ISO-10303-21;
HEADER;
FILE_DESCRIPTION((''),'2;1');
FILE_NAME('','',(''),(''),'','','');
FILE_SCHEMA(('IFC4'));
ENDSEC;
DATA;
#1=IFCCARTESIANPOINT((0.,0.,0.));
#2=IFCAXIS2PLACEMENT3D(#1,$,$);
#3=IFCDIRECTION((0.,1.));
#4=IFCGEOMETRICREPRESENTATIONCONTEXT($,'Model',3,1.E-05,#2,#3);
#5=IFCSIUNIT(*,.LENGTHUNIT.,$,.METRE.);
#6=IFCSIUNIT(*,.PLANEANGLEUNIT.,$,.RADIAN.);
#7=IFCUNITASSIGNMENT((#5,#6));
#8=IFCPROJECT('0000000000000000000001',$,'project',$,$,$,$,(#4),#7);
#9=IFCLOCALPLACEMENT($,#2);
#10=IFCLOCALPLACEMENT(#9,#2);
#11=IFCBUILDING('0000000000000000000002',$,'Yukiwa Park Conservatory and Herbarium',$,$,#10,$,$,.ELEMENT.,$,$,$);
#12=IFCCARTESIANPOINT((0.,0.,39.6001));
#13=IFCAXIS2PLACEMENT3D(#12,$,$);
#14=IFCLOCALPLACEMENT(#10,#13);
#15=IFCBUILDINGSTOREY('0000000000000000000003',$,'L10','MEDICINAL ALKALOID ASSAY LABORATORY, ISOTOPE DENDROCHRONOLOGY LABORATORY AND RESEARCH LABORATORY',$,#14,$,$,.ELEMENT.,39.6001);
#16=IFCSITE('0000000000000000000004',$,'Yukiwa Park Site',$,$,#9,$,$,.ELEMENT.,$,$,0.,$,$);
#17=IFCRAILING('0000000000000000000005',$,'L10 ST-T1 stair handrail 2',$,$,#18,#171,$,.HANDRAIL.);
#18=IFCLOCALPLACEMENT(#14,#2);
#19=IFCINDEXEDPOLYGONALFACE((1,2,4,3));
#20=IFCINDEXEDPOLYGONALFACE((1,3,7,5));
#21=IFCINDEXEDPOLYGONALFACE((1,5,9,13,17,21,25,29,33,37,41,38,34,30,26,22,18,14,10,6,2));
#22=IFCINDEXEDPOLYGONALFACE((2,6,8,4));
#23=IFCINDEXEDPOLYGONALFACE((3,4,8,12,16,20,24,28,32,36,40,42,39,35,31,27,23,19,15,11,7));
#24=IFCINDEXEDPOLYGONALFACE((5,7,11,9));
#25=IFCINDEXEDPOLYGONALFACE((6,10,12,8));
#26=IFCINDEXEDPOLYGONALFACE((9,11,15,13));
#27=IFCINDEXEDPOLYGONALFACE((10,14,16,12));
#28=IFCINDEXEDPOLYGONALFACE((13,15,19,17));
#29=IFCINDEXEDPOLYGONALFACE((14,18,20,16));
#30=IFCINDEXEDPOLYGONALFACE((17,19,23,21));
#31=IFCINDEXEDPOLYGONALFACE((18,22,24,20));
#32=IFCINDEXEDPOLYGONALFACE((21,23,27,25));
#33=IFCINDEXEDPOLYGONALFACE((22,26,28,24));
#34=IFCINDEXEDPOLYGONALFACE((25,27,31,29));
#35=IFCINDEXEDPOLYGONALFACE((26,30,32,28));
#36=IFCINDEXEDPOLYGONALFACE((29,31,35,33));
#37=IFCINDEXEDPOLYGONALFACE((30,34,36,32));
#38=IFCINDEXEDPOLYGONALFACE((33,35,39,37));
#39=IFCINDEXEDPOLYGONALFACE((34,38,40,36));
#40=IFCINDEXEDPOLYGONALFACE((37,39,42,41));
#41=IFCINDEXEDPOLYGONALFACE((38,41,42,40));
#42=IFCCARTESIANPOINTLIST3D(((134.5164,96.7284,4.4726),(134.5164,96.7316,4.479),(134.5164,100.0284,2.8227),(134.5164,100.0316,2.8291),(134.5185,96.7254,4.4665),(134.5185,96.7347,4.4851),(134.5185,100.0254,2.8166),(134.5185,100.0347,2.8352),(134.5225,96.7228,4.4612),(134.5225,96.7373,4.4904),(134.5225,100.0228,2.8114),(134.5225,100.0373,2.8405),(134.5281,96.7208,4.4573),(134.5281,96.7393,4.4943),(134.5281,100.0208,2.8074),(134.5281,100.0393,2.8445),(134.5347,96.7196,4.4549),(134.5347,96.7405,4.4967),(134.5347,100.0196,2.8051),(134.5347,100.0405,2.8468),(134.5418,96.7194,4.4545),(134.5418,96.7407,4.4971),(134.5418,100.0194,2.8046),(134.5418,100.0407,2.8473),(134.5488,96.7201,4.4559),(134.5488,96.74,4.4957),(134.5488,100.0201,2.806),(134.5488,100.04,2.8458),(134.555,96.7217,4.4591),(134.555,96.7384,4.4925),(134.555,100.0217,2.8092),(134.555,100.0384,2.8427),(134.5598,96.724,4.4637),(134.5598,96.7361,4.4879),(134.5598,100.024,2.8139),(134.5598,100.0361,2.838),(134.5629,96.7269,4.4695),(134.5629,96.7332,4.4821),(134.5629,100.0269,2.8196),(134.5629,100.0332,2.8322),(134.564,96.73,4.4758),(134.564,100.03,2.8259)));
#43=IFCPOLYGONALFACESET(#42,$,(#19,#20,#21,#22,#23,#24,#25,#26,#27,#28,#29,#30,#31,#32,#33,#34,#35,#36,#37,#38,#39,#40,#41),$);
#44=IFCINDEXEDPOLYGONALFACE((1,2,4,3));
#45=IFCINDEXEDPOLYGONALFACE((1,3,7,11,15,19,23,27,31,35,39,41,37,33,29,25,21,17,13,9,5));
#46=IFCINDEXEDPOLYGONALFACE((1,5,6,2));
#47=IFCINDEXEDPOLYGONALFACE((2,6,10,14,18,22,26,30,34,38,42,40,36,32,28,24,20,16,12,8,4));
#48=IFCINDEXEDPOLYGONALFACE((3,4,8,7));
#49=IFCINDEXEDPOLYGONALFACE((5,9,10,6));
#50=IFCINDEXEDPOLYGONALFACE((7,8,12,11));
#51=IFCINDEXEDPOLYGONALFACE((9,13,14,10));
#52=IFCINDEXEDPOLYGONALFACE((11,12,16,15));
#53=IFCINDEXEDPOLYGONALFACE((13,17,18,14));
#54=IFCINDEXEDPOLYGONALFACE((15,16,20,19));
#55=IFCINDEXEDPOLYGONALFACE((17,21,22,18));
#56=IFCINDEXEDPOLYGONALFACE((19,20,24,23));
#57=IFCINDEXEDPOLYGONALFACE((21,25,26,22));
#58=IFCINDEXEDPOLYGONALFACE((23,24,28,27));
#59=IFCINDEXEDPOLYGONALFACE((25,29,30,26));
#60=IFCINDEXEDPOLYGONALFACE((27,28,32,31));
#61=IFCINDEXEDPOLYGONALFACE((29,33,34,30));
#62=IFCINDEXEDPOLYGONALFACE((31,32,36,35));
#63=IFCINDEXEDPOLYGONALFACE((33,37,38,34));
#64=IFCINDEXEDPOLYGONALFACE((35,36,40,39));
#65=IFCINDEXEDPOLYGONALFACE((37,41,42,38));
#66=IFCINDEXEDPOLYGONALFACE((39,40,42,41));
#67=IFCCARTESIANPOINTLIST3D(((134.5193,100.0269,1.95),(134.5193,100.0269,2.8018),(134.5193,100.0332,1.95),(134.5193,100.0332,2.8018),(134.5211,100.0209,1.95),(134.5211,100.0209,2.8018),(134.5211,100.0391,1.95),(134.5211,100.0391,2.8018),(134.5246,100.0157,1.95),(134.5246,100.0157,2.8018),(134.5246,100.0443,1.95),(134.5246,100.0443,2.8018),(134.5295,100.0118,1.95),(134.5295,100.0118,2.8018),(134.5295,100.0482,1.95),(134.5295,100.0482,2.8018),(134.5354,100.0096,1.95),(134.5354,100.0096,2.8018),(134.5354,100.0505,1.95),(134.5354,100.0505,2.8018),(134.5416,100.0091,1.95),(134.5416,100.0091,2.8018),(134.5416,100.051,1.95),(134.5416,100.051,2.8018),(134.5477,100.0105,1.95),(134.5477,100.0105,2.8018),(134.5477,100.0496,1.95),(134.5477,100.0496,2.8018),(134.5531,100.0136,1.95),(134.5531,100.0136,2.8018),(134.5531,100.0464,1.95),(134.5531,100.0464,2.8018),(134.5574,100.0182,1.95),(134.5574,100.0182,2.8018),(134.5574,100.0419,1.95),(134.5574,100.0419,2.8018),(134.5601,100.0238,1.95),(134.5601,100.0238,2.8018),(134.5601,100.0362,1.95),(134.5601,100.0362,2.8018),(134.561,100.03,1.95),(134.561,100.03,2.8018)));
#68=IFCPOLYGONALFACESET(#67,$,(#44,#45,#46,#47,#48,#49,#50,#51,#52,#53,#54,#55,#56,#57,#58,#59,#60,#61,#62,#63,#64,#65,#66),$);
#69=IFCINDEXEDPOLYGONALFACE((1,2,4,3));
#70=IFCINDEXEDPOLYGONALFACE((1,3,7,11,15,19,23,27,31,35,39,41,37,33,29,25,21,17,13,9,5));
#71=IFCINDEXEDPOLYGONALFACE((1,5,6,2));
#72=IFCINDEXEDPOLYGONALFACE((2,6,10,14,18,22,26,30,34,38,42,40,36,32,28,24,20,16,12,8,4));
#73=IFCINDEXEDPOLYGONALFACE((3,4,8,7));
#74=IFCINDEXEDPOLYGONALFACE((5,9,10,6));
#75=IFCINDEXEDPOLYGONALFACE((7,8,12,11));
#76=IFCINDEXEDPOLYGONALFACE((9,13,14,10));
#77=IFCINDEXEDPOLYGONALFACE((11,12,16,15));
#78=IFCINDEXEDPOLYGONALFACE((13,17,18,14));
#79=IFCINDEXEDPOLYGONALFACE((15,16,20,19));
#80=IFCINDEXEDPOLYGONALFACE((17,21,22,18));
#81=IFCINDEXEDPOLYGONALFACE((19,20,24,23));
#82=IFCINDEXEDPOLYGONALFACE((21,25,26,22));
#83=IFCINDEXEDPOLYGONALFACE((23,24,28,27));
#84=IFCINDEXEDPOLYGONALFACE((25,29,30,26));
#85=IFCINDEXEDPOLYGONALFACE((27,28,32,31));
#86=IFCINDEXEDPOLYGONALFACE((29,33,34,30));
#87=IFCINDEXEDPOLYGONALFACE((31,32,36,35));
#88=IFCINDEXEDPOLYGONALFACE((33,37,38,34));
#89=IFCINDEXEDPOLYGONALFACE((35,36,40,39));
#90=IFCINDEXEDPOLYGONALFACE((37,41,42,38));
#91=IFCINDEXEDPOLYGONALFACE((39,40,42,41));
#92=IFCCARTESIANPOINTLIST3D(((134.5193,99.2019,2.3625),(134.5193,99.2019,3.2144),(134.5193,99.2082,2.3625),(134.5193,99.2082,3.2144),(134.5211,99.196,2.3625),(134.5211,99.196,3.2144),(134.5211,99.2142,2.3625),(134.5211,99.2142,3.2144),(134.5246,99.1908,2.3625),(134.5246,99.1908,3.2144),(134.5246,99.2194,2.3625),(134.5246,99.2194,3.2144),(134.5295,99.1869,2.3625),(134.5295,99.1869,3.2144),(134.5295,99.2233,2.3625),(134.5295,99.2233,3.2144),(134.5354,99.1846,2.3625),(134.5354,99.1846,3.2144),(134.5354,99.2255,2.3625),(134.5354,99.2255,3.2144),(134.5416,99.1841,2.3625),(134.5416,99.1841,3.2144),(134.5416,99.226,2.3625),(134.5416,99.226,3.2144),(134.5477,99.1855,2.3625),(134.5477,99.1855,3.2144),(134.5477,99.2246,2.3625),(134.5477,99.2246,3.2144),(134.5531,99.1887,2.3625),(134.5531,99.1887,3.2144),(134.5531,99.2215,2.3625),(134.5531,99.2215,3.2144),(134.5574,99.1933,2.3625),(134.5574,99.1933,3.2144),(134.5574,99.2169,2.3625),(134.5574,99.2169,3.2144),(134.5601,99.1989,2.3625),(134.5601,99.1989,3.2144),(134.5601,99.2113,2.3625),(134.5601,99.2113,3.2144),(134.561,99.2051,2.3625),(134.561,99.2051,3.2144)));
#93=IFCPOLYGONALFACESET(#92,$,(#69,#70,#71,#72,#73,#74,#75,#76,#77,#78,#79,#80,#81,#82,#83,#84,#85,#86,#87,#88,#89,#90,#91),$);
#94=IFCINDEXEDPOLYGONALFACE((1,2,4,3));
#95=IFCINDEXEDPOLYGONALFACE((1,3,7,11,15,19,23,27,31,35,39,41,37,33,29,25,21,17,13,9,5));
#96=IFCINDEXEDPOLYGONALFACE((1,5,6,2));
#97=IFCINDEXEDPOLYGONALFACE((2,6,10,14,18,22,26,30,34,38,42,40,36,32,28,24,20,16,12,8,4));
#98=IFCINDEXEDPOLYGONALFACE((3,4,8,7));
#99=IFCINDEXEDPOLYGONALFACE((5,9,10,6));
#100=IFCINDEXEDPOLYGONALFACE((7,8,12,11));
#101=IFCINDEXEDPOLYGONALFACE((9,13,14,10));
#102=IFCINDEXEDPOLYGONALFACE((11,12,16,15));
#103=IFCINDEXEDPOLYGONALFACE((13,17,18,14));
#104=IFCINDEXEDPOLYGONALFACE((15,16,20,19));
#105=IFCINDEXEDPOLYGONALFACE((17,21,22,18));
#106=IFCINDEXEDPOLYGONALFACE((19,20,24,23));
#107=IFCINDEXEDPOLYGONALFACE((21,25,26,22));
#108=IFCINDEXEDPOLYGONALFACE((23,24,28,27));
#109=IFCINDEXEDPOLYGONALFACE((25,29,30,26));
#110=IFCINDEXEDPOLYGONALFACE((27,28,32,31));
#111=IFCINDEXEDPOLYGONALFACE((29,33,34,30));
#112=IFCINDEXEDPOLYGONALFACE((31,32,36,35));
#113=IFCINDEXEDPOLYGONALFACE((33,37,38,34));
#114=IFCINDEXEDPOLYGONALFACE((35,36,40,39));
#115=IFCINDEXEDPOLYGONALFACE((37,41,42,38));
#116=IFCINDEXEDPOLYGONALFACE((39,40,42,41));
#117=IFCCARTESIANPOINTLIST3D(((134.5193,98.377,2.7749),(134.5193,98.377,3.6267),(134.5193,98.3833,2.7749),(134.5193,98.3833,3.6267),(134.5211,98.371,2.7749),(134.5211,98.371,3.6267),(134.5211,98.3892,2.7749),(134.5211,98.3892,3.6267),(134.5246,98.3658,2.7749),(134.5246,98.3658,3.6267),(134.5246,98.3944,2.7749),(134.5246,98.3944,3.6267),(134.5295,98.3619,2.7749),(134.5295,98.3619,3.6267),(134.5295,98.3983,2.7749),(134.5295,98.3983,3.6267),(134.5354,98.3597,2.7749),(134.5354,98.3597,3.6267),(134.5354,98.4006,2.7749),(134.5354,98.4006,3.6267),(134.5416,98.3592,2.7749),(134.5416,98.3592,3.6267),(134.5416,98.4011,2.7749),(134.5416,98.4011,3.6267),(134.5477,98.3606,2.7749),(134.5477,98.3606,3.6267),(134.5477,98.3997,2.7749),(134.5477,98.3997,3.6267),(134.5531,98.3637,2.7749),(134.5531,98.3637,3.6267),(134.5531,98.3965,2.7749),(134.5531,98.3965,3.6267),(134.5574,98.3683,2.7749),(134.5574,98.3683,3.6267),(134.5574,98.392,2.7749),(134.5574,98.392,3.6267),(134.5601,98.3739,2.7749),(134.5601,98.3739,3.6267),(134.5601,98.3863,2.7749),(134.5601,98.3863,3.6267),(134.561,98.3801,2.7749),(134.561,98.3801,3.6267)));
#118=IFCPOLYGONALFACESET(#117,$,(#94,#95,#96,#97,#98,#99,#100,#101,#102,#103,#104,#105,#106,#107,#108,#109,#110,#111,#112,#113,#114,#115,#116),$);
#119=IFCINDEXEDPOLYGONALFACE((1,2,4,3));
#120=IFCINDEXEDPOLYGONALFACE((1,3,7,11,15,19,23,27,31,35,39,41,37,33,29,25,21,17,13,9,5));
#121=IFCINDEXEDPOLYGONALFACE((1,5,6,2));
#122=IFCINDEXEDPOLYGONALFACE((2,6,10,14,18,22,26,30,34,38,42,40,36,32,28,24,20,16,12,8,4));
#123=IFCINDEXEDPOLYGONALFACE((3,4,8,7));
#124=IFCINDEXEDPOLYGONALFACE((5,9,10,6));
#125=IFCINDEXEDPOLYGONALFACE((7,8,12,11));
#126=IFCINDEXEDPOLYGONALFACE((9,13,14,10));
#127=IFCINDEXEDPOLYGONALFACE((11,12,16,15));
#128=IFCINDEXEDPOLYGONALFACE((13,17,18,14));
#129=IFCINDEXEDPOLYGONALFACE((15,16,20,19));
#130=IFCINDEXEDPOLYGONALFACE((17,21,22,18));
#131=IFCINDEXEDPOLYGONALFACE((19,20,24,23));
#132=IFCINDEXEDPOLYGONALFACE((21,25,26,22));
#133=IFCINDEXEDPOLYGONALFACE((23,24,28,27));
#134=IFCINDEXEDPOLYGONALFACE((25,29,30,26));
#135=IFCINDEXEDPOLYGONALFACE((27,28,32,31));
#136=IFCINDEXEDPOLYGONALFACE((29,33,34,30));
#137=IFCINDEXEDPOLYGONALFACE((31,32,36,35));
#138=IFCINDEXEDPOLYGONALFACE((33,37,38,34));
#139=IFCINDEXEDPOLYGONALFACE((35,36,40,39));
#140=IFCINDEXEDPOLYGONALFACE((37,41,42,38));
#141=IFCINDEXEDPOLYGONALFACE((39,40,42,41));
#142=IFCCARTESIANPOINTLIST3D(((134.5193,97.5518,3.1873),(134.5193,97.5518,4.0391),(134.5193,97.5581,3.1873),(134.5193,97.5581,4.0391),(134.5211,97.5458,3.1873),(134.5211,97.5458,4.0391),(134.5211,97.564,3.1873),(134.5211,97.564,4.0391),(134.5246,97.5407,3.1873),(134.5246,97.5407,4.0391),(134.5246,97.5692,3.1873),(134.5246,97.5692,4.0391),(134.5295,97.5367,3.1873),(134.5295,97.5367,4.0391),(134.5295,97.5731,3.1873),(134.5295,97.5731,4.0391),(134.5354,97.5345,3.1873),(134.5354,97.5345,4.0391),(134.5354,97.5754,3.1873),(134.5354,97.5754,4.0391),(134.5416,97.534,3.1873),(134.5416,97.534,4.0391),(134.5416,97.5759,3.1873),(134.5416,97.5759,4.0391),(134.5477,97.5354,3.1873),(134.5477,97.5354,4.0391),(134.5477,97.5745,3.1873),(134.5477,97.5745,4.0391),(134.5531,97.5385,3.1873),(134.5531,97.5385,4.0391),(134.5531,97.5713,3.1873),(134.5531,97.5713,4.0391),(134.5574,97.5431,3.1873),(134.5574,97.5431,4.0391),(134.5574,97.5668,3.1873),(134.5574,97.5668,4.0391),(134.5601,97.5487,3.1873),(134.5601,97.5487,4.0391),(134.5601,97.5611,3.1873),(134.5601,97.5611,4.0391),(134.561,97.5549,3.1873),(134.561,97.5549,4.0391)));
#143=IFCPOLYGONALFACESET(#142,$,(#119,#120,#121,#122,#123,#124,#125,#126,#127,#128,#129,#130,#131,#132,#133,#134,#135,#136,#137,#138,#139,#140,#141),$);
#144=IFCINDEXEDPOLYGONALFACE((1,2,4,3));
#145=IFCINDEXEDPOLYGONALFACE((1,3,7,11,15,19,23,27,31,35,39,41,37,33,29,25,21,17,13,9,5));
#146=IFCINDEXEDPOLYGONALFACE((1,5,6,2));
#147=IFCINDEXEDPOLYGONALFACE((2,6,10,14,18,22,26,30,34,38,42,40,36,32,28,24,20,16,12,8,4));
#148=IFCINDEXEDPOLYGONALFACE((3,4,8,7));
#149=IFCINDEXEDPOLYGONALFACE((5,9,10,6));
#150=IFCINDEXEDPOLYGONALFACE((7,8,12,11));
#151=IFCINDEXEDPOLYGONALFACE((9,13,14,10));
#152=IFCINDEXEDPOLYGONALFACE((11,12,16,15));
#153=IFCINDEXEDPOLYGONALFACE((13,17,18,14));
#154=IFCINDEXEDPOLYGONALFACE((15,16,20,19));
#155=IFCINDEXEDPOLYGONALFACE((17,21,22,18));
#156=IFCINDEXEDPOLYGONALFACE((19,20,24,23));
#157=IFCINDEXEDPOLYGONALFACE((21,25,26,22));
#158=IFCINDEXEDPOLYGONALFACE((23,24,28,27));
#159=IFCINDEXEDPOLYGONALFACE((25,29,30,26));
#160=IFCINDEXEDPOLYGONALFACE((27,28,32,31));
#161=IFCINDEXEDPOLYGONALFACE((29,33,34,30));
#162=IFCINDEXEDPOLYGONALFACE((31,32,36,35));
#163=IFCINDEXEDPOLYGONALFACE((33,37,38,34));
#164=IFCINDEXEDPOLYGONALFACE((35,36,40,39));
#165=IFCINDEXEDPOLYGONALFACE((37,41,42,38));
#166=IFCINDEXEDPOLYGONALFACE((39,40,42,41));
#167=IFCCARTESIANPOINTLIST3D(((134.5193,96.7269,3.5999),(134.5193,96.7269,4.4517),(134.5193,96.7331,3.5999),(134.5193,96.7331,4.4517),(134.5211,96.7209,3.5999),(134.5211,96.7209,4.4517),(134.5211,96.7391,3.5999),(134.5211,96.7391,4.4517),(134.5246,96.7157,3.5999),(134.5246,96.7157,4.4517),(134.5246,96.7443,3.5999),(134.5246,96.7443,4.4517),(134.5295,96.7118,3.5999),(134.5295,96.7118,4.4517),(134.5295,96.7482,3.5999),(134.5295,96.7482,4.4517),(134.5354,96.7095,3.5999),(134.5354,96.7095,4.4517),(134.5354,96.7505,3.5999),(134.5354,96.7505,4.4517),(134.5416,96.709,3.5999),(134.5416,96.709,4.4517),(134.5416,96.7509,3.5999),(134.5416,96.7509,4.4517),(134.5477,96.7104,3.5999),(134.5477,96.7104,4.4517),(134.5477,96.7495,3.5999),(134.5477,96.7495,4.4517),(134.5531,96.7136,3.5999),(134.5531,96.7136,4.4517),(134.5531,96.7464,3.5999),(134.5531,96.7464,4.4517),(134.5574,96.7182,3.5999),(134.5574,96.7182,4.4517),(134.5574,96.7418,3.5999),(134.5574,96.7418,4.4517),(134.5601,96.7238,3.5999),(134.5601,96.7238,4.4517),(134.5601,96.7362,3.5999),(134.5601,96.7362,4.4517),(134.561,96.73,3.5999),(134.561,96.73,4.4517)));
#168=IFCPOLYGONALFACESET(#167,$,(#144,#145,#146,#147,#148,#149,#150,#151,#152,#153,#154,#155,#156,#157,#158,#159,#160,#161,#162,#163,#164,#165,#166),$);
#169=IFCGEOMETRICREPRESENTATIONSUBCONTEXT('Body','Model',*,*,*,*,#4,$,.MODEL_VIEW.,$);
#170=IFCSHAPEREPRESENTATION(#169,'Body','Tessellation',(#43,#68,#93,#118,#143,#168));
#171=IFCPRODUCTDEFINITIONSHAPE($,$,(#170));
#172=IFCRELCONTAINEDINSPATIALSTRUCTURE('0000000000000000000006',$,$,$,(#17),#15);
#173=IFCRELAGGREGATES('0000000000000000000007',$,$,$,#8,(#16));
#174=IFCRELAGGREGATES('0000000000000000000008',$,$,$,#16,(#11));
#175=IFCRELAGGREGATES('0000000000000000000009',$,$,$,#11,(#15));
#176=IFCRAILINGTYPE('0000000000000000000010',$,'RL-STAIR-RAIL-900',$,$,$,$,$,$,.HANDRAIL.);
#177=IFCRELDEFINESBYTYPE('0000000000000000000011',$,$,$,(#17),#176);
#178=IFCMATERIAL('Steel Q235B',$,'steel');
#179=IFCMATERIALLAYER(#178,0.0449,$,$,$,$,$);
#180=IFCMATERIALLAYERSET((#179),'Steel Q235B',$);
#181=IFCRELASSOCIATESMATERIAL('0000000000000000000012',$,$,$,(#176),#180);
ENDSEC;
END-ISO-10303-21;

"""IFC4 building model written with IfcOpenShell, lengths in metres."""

from ifc_helpers import new_model, si_unit, direction, frame, origin, origin_2d, place, context, subcontext, project, spatial, circle, extrude, material, layer, layer_set, type_object, element, save


model = new_model("IFC4")

# Units and contexts
model_context = context("Model", 3, precision=1e-05, world=origin(), true_north=direction((0.0, 1.0)))
body_context = subcontext(model_context, "Body", "Model", "MODEL_VIEW")
ifc_project = project(units=[si_unit("LENGTHUNIT", "METRE"), si_unit("PLANEANGLEUNIT", "RADIAN")], contexts=[model_context])

# Site, building, storey
site_placement = place(None, origin())
site = spatial("IfcSite", under=ifc_project, at=site_placement, Name="Yukiwa Park Site", CompositionType="ELEMENT", RefElevation=0.0)
building_placement = place(site_placement, origin())
building = spatial("IfcBuilding", under=site, at=building_placement, Name="Yukiwa Park Conservatory and Herbarium", CompositionType="ELEMENT")
storey_placement = place(building_placement, frame((0.0, 0.0, 39.6001)))
storey = spatial("IfcBuildingStorey", under=building, at=storey_placement, Name="L10", Description="MEDICINAL ALKALOID ASSAY LABORATORY, ISOTOPE DENDROCHRONOLOGY LABORATORY AND RESEARCH LABORATORY", CompositionType="ELEMENT", Elevation=39.6001)

# Railing
ifc_material_1 = material(Name="Steel Q235B", Category="steel")
ifc_layer_1 = layer(ifc_material_1, 0.0449)
ifc_layer_set_1 = layer_set([ifc_layer_1], Name="Steel Q235B")
railing_type_1 = type_object("IfcRailingType", Name="RL-STAIR-RAIL-900", PredefinedType="HANDRAIL", material=ifc_layer_set_1)
railing_1_placement = place(storey_placement, frame((134.54, 100.03, 1.95)))
element("IfcRailing", 1, at=railing_1_placement, inside=storey, type_object=railing_type_1, Name="L10 ST-T1 stair handrail 2", PredefinedType="HANDRAIL", context=body_context, shape_type="SweptSolid", body=[
    extrude(circle(Radius=0.0239, at=origin_2d()), frame((0.0, 0.0, 0.876), z_axis=(0.0, -0.89444, 0.447187), x_axis=(1.0, 0.0, 0.0)), (0.0, 0.0, 1.0), 3.6895),
    extrude(circle(Radius=0.021, at=origin_2d()), origin(), (0.0, 0.0, 1.0), 0.8518),
    extrude(circle(Radius=0.021, at=origin_2d()), frame((0.0, -0.825, 0.4126)), (0.0, 0.0, 1.0), 0.8518),
    extrude(circle(Radius=0.021, at=origin_2d()), frame((0.0, -1.6499, 0.825)), (0.0, 0.0, 1.0), 0.8518),
    extrude(circle(Radius=0.021, at=origin_2d()), frame((0.0, -2.4751, 1.2373)), (0.0, 0.0, 1.0), 0.8518),
    extrude(circle(Radius=0.021, at=origin_2d()), frame((0.0, -3.3, 1.6499)), (0.0, 0.0, 1.0), 0.8518),
])

save(model, "model.ifc")
